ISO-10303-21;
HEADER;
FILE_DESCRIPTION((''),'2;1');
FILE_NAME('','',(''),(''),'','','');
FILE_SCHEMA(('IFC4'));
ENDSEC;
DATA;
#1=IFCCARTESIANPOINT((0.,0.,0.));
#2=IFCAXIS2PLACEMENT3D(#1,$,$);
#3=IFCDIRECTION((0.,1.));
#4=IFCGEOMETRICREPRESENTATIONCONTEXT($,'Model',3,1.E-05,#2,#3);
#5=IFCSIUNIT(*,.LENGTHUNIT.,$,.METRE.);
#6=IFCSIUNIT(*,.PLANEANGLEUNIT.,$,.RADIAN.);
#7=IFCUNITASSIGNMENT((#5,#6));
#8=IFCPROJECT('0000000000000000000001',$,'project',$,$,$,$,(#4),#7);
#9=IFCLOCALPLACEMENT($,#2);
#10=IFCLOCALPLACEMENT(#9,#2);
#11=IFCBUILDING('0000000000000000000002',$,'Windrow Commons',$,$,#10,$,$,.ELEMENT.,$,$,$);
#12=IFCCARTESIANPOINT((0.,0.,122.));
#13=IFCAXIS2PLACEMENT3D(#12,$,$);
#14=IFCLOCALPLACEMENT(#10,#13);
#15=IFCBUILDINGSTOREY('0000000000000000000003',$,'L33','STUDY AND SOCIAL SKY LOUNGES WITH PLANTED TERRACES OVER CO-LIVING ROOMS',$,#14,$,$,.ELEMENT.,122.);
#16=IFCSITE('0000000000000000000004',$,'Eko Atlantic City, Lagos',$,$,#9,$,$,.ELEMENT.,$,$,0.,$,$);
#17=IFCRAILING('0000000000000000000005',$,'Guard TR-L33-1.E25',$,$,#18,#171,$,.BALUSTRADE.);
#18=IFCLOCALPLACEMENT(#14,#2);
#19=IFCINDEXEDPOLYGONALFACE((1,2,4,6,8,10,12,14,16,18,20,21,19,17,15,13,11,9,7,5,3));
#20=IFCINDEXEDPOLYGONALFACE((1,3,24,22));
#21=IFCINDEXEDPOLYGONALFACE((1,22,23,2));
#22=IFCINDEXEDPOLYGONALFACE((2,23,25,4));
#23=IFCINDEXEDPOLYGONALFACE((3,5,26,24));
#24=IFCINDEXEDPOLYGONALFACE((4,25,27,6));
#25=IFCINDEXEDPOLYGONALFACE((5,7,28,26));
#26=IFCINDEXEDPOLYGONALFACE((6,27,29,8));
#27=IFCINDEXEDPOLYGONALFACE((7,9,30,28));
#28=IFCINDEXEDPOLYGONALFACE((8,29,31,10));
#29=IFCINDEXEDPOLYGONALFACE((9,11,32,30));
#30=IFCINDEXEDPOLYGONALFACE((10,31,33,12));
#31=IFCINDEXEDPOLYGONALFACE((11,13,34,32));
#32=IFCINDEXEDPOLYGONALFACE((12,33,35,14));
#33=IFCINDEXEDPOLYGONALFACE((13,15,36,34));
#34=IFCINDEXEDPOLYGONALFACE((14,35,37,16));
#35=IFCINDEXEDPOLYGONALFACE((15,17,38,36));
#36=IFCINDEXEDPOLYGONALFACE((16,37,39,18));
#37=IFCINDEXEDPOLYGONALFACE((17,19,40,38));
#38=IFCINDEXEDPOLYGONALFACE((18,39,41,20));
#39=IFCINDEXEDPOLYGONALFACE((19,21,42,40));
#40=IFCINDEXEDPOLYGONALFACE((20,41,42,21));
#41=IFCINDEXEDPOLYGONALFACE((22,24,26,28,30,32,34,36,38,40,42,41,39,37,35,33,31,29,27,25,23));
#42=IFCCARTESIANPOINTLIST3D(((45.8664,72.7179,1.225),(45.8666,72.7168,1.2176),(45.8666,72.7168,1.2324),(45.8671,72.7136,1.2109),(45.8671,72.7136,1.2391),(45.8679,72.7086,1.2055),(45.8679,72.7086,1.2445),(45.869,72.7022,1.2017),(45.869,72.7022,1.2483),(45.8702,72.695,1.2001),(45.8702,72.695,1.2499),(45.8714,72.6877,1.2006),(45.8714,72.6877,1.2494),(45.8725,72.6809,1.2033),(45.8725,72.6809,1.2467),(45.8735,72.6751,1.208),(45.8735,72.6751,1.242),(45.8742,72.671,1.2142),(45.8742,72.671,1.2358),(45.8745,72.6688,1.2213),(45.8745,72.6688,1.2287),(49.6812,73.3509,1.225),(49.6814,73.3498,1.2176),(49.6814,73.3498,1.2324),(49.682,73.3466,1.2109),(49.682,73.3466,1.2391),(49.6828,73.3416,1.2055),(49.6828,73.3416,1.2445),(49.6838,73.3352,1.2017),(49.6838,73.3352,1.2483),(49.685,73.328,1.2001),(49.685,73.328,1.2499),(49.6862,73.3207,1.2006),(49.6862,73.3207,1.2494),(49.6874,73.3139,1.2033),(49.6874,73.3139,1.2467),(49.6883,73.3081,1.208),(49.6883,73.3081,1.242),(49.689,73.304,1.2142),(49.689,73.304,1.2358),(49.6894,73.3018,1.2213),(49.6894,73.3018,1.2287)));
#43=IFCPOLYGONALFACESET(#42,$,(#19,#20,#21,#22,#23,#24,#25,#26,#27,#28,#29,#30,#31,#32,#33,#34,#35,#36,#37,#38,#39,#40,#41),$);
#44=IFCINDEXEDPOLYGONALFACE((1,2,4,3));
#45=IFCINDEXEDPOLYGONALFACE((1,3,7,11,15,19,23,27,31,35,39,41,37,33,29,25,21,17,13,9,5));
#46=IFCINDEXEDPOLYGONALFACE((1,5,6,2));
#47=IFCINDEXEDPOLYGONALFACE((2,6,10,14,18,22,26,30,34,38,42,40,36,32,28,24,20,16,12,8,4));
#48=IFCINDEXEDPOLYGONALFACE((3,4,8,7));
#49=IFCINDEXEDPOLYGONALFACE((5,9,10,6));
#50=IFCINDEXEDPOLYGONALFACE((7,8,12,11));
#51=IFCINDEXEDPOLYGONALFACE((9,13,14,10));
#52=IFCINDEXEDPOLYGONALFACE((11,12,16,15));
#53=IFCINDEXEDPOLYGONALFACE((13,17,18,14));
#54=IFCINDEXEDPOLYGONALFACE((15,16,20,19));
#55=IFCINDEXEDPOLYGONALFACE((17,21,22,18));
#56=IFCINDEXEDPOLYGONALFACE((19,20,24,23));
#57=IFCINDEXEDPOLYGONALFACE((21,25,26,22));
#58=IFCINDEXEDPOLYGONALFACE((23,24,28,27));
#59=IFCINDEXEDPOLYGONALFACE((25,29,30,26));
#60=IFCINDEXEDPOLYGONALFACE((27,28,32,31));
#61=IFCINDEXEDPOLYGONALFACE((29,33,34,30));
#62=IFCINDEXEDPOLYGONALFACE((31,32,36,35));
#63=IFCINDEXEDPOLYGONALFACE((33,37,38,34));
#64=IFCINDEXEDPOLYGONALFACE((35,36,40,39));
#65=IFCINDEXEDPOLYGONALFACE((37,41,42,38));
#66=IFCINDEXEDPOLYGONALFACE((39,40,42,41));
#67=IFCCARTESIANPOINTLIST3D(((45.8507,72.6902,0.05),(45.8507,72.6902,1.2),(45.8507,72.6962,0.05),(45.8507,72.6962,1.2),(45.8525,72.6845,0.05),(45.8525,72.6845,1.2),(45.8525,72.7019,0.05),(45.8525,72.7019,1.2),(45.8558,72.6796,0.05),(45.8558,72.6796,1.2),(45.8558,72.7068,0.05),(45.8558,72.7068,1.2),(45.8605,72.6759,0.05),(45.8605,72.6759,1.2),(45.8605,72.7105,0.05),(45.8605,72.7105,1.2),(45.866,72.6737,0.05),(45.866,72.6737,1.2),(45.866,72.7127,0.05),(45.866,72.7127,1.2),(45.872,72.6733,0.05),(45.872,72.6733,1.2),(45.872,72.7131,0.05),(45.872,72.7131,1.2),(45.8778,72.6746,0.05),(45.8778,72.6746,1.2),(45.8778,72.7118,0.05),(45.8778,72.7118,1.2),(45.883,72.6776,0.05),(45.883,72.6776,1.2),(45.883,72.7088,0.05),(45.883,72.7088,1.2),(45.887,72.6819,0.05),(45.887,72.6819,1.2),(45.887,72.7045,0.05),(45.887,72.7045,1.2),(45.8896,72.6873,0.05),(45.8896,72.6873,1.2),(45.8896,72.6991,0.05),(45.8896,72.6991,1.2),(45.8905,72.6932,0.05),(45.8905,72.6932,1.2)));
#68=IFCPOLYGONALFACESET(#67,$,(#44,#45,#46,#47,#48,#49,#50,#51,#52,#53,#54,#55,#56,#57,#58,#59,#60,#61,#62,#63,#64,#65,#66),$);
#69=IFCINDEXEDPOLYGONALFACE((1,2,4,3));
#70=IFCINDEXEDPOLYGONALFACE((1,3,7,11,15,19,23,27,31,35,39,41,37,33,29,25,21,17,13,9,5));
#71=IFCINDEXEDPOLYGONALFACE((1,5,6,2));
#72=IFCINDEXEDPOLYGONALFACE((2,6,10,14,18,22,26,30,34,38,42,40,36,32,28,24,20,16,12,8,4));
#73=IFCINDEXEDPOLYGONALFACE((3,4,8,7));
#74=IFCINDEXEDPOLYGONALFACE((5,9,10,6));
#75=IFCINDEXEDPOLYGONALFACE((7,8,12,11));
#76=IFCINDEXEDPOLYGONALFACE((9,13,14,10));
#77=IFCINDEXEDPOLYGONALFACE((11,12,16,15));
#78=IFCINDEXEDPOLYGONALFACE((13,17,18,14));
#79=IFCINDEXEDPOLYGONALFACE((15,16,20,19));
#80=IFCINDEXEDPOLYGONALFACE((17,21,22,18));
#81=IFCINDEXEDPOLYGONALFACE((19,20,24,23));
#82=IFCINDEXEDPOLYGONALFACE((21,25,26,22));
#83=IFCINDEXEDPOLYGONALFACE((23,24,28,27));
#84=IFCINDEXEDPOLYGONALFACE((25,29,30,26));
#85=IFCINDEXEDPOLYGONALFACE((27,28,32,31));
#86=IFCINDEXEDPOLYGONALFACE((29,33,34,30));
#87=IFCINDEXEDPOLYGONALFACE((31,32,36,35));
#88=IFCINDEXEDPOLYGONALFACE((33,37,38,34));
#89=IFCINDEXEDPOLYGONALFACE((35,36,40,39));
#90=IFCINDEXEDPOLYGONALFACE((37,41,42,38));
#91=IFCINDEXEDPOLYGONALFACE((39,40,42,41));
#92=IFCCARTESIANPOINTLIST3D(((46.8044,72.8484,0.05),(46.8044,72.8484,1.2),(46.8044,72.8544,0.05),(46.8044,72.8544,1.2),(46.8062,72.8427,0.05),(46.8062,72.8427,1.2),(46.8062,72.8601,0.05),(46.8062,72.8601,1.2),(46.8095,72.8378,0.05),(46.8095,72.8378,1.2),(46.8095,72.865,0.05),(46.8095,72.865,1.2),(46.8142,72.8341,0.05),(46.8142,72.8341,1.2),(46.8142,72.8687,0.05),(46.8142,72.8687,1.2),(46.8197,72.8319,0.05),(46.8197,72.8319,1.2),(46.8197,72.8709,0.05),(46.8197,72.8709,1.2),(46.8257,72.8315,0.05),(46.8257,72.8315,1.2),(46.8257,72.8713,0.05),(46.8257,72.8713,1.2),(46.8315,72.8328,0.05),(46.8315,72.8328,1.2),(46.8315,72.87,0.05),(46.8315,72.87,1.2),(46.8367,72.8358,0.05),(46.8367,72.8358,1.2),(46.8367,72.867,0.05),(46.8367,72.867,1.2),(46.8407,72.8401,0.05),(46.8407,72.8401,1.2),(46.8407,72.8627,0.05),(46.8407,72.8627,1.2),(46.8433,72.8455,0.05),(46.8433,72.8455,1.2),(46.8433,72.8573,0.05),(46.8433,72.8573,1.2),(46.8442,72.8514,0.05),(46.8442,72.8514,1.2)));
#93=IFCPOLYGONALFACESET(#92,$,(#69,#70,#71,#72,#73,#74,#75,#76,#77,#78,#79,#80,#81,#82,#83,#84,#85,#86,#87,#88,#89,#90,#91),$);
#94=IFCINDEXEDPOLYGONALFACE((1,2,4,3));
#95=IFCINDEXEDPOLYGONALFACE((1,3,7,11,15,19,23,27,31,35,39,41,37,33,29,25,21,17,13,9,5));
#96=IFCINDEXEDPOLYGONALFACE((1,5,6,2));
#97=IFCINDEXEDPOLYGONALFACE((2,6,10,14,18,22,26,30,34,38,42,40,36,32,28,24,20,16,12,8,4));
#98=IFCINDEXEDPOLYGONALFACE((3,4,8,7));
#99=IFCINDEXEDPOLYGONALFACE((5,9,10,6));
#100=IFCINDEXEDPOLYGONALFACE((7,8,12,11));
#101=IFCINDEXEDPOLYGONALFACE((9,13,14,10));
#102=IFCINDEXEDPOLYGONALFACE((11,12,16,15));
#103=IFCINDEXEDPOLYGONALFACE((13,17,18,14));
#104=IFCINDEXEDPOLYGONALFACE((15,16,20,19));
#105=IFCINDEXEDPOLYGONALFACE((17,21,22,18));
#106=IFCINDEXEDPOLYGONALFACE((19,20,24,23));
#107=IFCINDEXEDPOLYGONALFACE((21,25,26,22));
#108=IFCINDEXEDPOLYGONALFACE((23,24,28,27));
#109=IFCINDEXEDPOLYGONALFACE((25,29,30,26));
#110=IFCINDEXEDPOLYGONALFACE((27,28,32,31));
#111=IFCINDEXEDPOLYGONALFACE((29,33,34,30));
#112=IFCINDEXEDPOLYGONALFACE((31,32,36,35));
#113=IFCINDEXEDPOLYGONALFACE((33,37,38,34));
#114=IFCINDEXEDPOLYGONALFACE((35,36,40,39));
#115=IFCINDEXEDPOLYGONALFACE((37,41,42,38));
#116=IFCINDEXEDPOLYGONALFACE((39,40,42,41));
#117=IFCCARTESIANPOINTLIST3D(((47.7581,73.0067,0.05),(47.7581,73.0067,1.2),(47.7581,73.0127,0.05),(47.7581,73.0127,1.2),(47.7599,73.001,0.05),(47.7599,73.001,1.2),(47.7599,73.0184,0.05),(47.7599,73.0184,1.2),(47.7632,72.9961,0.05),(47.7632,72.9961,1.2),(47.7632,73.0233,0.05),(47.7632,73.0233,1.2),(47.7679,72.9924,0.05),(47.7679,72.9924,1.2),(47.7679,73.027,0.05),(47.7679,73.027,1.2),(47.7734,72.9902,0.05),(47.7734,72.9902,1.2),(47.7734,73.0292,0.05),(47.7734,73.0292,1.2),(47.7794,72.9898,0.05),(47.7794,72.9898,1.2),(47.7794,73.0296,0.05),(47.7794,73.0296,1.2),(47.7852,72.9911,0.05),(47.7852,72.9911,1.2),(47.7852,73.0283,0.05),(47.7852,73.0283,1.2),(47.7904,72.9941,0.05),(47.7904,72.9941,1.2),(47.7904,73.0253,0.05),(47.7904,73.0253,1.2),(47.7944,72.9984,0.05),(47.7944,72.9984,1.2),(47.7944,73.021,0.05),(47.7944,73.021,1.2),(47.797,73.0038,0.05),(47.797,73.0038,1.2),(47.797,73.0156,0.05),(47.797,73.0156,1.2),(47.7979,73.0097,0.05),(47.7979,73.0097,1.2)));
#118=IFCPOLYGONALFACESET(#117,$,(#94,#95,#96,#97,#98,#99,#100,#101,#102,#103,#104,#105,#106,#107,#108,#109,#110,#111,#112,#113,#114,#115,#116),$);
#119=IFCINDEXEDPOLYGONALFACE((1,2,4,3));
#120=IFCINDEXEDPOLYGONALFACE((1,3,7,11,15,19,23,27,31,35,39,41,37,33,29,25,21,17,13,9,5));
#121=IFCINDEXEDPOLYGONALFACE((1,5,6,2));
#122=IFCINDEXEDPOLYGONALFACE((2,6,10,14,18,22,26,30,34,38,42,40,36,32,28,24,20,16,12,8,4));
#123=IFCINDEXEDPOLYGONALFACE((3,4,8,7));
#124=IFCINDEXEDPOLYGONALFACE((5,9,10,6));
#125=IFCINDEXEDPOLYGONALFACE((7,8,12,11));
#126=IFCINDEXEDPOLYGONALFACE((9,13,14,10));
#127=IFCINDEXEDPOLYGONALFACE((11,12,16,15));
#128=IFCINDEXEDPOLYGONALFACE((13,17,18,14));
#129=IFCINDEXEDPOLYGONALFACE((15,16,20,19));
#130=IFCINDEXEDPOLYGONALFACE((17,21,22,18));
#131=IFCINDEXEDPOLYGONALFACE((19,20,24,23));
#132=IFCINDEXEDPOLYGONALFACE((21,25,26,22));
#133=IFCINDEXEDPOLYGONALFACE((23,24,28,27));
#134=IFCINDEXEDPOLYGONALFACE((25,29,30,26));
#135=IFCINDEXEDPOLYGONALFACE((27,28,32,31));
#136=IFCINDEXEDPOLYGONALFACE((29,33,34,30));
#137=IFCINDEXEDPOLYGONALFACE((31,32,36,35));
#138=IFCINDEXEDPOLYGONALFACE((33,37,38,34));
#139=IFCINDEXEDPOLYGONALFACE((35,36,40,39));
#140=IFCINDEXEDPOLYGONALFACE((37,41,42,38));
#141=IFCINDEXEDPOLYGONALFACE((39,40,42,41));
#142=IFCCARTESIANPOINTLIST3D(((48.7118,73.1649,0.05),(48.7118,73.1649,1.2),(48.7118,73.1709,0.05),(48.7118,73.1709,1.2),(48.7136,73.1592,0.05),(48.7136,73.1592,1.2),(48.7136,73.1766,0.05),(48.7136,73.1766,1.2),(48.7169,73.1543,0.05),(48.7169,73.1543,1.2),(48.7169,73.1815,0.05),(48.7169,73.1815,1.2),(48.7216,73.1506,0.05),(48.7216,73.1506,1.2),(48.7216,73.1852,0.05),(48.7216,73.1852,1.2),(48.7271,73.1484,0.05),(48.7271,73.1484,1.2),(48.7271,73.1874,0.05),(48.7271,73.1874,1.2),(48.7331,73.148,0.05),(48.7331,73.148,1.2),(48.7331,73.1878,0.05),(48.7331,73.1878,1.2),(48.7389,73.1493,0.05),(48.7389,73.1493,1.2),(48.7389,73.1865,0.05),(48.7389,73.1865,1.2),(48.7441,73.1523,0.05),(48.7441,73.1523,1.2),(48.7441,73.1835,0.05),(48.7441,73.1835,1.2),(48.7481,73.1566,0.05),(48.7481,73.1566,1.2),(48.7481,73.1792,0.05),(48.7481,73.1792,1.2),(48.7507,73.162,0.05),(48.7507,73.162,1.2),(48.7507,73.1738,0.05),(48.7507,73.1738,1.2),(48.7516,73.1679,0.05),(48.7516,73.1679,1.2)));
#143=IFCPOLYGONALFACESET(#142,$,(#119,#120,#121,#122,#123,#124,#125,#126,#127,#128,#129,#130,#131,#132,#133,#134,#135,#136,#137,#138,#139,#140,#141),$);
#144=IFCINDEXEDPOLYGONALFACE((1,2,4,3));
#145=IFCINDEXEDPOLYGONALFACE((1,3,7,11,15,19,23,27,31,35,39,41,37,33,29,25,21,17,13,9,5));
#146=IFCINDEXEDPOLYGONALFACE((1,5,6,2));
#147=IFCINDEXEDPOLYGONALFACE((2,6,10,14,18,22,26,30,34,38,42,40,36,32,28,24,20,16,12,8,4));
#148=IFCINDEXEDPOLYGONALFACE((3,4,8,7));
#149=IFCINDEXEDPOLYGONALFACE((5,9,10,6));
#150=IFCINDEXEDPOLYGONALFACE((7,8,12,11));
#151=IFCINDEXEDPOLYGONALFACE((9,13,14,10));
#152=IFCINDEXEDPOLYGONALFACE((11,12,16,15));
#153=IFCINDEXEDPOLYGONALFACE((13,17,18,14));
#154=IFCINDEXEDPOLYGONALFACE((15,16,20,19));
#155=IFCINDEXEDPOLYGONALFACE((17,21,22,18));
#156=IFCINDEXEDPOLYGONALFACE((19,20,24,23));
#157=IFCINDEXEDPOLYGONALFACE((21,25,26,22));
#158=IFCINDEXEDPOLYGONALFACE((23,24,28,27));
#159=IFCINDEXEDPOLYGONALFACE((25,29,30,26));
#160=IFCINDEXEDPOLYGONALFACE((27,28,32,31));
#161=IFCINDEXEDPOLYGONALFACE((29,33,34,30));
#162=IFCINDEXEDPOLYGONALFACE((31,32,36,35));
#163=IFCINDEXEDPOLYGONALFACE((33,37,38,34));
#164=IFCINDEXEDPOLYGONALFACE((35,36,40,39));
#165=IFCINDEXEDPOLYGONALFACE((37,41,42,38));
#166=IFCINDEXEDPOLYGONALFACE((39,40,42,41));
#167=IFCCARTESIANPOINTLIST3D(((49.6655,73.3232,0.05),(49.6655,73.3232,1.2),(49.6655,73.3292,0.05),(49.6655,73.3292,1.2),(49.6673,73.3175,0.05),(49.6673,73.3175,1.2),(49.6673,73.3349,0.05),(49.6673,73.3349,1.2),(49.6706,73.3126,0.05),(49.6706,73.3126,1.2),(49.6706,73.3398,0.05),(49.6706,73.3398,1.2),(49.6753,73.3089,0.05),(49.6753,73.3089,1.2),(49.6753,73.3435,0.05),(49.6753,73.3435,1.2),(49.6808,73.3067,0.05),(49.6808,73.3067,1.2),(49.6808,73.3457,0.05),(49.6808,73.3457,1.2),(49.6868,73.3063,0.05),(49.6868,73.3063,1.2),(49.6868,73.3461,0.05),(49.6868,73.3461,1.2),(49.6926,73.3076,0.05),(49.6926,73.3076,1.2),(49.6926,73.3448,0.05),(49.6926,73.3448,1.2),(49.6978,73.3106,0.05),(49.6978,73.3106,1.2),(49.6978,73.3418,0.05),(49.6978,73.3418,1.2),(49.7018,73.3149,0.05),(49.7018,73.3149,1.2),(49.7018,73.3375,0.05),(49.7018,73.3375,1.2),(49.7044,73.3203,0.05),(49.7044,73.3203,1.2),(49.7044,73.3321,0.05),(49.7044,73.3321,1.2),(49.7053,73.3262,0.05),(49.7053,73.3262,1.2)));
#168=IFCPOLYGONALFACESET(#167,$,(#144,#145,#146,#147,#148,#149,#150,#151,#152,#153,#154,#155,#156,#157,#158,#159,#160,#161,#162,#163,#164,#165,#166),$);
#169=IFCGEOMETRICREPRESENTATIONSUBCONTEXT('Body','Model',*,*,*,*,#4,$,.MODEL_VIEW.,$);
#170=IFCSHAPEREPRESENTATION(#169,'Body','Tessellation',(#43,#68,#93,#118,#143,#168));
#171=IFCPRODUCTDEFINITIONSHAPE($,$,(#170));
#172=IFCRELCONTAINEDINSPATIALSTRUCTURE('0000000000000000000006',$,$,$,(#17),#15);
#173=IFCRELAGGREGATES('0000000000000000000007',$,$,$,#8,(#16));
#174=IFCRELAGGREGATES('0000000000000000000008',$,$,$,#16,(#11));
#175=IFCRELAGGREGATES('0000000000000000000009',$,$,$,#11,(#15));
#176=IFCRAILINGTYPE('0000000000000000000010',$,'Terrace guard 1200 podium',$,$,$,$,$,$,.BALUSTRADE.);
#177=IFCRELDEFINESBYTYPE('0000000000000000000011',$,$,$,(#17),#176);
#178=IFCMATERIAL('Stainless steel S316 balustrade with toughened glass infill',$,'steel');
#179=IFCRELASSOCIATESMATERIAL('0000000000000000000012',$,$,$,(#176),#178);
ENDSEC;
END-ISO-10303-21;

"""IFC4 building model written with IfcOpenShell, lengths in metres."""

from ifc_helpers import new_model, si_unit, direction, frame, origin, origin_2d, place, context, subcontext, project, spatial, circle, extrude, material, type_object, element, save


model = new_model("IFC4")

# Units and contexts
model_context = context("Model", 3, precision=1e-05, world=origin(), true_north=direction((0.0, 1.0)))
body_context = subcontext(model_context, "Body", "Model", "MODEL_VIEW")
ifc_project = project(units=[si_unit("LENGTHUNIT", "METRE"), si_unit("PLANEANGLEUNIT", "RADIAN")], contexts=[model_context])

# Site, building, storey
site_placement = place(None, origin())
site = spatial("IfcSite", under=ifc_project, at=site_placement, Name="Eko Atlantic City, Lagos", CompositionType="ELEMENT", RefElevation=0.0)
building_placement = place(site_placement, origin())
building = spatial("IfcBuilding", under=site, at=building_placement, Name="Windrow Commons", CompositionType="ELEMENT")
storey_placement = place(building_placement, frame((0.0, 0.0, 122.0)))
storey = spatial("IfcBuildingStorey", under=building, at=storey_placement, Name="L33", Description="STUDY AND SOCIAL SKY LOUNGES WITH PLANTED TERRACES OVER CO-LIVING ROOMS", CompositionType="ELEMENT", Elevation=122.0)

# Railing
ifc_material_1 = material(Name="Stainless steel S316 balustrade with toughened glass infill", Category="steel")
railing_type = type_object("IfcRailingType", Name="Terrace guard 1200 podium", PredefinedType="BALUSTRADE", material=ifc_material_1)
railing_1_placement = place(storey_placement, frame((45.8705, 72.6932, 0.05)))
element("IfcRailing", 1, at=railing_1_placement, inside=storey, type_object=railing_type, Name="Guard TR-L33-1.E25", PredefinedType="BALUSTRADE", context=body_context, shape_type="SweptSolid", body=[
    extrude(circle(Radius=0.025, at=origin_2d()), frame((0.0, 0.0, 1.175), z_axis=(0.986511, 0.163694, 0.0), x_axis=(-0.163694, 0.986511, 0.0)), (0.0, 0.0, 1.0), 3.867),
    extrude(circle(Radius=0.02, at=origin_2d()), origin(), (0.0, 0.0, 1.0), 1.15),
    extrude(circle(Radius=0.02, at=origin_2d()), frame((0.9537, 0.1582, 0.0)), (0.0, 0.0, 1.0), 1.15),
    extrude(circle(Radius=0.02, at=origin_2d()), frame((1.9074, 0.3165, 0.0)), (0.0, 0.0, 1.0), 1.15),
    extrude(circle(Radius=0.02, at=origin_2d()), frame((2.8611, 0.4747, 0.0)), (0.0, 0.0, 1.0), 1.15),
    extrude(circle(Radius=0.02, at=origin_2d()), frame((3.8148, 0.633, 0.0)), (0.0, 0.0, 1.0), 1.15),
])

save(model, "model.ifc")
